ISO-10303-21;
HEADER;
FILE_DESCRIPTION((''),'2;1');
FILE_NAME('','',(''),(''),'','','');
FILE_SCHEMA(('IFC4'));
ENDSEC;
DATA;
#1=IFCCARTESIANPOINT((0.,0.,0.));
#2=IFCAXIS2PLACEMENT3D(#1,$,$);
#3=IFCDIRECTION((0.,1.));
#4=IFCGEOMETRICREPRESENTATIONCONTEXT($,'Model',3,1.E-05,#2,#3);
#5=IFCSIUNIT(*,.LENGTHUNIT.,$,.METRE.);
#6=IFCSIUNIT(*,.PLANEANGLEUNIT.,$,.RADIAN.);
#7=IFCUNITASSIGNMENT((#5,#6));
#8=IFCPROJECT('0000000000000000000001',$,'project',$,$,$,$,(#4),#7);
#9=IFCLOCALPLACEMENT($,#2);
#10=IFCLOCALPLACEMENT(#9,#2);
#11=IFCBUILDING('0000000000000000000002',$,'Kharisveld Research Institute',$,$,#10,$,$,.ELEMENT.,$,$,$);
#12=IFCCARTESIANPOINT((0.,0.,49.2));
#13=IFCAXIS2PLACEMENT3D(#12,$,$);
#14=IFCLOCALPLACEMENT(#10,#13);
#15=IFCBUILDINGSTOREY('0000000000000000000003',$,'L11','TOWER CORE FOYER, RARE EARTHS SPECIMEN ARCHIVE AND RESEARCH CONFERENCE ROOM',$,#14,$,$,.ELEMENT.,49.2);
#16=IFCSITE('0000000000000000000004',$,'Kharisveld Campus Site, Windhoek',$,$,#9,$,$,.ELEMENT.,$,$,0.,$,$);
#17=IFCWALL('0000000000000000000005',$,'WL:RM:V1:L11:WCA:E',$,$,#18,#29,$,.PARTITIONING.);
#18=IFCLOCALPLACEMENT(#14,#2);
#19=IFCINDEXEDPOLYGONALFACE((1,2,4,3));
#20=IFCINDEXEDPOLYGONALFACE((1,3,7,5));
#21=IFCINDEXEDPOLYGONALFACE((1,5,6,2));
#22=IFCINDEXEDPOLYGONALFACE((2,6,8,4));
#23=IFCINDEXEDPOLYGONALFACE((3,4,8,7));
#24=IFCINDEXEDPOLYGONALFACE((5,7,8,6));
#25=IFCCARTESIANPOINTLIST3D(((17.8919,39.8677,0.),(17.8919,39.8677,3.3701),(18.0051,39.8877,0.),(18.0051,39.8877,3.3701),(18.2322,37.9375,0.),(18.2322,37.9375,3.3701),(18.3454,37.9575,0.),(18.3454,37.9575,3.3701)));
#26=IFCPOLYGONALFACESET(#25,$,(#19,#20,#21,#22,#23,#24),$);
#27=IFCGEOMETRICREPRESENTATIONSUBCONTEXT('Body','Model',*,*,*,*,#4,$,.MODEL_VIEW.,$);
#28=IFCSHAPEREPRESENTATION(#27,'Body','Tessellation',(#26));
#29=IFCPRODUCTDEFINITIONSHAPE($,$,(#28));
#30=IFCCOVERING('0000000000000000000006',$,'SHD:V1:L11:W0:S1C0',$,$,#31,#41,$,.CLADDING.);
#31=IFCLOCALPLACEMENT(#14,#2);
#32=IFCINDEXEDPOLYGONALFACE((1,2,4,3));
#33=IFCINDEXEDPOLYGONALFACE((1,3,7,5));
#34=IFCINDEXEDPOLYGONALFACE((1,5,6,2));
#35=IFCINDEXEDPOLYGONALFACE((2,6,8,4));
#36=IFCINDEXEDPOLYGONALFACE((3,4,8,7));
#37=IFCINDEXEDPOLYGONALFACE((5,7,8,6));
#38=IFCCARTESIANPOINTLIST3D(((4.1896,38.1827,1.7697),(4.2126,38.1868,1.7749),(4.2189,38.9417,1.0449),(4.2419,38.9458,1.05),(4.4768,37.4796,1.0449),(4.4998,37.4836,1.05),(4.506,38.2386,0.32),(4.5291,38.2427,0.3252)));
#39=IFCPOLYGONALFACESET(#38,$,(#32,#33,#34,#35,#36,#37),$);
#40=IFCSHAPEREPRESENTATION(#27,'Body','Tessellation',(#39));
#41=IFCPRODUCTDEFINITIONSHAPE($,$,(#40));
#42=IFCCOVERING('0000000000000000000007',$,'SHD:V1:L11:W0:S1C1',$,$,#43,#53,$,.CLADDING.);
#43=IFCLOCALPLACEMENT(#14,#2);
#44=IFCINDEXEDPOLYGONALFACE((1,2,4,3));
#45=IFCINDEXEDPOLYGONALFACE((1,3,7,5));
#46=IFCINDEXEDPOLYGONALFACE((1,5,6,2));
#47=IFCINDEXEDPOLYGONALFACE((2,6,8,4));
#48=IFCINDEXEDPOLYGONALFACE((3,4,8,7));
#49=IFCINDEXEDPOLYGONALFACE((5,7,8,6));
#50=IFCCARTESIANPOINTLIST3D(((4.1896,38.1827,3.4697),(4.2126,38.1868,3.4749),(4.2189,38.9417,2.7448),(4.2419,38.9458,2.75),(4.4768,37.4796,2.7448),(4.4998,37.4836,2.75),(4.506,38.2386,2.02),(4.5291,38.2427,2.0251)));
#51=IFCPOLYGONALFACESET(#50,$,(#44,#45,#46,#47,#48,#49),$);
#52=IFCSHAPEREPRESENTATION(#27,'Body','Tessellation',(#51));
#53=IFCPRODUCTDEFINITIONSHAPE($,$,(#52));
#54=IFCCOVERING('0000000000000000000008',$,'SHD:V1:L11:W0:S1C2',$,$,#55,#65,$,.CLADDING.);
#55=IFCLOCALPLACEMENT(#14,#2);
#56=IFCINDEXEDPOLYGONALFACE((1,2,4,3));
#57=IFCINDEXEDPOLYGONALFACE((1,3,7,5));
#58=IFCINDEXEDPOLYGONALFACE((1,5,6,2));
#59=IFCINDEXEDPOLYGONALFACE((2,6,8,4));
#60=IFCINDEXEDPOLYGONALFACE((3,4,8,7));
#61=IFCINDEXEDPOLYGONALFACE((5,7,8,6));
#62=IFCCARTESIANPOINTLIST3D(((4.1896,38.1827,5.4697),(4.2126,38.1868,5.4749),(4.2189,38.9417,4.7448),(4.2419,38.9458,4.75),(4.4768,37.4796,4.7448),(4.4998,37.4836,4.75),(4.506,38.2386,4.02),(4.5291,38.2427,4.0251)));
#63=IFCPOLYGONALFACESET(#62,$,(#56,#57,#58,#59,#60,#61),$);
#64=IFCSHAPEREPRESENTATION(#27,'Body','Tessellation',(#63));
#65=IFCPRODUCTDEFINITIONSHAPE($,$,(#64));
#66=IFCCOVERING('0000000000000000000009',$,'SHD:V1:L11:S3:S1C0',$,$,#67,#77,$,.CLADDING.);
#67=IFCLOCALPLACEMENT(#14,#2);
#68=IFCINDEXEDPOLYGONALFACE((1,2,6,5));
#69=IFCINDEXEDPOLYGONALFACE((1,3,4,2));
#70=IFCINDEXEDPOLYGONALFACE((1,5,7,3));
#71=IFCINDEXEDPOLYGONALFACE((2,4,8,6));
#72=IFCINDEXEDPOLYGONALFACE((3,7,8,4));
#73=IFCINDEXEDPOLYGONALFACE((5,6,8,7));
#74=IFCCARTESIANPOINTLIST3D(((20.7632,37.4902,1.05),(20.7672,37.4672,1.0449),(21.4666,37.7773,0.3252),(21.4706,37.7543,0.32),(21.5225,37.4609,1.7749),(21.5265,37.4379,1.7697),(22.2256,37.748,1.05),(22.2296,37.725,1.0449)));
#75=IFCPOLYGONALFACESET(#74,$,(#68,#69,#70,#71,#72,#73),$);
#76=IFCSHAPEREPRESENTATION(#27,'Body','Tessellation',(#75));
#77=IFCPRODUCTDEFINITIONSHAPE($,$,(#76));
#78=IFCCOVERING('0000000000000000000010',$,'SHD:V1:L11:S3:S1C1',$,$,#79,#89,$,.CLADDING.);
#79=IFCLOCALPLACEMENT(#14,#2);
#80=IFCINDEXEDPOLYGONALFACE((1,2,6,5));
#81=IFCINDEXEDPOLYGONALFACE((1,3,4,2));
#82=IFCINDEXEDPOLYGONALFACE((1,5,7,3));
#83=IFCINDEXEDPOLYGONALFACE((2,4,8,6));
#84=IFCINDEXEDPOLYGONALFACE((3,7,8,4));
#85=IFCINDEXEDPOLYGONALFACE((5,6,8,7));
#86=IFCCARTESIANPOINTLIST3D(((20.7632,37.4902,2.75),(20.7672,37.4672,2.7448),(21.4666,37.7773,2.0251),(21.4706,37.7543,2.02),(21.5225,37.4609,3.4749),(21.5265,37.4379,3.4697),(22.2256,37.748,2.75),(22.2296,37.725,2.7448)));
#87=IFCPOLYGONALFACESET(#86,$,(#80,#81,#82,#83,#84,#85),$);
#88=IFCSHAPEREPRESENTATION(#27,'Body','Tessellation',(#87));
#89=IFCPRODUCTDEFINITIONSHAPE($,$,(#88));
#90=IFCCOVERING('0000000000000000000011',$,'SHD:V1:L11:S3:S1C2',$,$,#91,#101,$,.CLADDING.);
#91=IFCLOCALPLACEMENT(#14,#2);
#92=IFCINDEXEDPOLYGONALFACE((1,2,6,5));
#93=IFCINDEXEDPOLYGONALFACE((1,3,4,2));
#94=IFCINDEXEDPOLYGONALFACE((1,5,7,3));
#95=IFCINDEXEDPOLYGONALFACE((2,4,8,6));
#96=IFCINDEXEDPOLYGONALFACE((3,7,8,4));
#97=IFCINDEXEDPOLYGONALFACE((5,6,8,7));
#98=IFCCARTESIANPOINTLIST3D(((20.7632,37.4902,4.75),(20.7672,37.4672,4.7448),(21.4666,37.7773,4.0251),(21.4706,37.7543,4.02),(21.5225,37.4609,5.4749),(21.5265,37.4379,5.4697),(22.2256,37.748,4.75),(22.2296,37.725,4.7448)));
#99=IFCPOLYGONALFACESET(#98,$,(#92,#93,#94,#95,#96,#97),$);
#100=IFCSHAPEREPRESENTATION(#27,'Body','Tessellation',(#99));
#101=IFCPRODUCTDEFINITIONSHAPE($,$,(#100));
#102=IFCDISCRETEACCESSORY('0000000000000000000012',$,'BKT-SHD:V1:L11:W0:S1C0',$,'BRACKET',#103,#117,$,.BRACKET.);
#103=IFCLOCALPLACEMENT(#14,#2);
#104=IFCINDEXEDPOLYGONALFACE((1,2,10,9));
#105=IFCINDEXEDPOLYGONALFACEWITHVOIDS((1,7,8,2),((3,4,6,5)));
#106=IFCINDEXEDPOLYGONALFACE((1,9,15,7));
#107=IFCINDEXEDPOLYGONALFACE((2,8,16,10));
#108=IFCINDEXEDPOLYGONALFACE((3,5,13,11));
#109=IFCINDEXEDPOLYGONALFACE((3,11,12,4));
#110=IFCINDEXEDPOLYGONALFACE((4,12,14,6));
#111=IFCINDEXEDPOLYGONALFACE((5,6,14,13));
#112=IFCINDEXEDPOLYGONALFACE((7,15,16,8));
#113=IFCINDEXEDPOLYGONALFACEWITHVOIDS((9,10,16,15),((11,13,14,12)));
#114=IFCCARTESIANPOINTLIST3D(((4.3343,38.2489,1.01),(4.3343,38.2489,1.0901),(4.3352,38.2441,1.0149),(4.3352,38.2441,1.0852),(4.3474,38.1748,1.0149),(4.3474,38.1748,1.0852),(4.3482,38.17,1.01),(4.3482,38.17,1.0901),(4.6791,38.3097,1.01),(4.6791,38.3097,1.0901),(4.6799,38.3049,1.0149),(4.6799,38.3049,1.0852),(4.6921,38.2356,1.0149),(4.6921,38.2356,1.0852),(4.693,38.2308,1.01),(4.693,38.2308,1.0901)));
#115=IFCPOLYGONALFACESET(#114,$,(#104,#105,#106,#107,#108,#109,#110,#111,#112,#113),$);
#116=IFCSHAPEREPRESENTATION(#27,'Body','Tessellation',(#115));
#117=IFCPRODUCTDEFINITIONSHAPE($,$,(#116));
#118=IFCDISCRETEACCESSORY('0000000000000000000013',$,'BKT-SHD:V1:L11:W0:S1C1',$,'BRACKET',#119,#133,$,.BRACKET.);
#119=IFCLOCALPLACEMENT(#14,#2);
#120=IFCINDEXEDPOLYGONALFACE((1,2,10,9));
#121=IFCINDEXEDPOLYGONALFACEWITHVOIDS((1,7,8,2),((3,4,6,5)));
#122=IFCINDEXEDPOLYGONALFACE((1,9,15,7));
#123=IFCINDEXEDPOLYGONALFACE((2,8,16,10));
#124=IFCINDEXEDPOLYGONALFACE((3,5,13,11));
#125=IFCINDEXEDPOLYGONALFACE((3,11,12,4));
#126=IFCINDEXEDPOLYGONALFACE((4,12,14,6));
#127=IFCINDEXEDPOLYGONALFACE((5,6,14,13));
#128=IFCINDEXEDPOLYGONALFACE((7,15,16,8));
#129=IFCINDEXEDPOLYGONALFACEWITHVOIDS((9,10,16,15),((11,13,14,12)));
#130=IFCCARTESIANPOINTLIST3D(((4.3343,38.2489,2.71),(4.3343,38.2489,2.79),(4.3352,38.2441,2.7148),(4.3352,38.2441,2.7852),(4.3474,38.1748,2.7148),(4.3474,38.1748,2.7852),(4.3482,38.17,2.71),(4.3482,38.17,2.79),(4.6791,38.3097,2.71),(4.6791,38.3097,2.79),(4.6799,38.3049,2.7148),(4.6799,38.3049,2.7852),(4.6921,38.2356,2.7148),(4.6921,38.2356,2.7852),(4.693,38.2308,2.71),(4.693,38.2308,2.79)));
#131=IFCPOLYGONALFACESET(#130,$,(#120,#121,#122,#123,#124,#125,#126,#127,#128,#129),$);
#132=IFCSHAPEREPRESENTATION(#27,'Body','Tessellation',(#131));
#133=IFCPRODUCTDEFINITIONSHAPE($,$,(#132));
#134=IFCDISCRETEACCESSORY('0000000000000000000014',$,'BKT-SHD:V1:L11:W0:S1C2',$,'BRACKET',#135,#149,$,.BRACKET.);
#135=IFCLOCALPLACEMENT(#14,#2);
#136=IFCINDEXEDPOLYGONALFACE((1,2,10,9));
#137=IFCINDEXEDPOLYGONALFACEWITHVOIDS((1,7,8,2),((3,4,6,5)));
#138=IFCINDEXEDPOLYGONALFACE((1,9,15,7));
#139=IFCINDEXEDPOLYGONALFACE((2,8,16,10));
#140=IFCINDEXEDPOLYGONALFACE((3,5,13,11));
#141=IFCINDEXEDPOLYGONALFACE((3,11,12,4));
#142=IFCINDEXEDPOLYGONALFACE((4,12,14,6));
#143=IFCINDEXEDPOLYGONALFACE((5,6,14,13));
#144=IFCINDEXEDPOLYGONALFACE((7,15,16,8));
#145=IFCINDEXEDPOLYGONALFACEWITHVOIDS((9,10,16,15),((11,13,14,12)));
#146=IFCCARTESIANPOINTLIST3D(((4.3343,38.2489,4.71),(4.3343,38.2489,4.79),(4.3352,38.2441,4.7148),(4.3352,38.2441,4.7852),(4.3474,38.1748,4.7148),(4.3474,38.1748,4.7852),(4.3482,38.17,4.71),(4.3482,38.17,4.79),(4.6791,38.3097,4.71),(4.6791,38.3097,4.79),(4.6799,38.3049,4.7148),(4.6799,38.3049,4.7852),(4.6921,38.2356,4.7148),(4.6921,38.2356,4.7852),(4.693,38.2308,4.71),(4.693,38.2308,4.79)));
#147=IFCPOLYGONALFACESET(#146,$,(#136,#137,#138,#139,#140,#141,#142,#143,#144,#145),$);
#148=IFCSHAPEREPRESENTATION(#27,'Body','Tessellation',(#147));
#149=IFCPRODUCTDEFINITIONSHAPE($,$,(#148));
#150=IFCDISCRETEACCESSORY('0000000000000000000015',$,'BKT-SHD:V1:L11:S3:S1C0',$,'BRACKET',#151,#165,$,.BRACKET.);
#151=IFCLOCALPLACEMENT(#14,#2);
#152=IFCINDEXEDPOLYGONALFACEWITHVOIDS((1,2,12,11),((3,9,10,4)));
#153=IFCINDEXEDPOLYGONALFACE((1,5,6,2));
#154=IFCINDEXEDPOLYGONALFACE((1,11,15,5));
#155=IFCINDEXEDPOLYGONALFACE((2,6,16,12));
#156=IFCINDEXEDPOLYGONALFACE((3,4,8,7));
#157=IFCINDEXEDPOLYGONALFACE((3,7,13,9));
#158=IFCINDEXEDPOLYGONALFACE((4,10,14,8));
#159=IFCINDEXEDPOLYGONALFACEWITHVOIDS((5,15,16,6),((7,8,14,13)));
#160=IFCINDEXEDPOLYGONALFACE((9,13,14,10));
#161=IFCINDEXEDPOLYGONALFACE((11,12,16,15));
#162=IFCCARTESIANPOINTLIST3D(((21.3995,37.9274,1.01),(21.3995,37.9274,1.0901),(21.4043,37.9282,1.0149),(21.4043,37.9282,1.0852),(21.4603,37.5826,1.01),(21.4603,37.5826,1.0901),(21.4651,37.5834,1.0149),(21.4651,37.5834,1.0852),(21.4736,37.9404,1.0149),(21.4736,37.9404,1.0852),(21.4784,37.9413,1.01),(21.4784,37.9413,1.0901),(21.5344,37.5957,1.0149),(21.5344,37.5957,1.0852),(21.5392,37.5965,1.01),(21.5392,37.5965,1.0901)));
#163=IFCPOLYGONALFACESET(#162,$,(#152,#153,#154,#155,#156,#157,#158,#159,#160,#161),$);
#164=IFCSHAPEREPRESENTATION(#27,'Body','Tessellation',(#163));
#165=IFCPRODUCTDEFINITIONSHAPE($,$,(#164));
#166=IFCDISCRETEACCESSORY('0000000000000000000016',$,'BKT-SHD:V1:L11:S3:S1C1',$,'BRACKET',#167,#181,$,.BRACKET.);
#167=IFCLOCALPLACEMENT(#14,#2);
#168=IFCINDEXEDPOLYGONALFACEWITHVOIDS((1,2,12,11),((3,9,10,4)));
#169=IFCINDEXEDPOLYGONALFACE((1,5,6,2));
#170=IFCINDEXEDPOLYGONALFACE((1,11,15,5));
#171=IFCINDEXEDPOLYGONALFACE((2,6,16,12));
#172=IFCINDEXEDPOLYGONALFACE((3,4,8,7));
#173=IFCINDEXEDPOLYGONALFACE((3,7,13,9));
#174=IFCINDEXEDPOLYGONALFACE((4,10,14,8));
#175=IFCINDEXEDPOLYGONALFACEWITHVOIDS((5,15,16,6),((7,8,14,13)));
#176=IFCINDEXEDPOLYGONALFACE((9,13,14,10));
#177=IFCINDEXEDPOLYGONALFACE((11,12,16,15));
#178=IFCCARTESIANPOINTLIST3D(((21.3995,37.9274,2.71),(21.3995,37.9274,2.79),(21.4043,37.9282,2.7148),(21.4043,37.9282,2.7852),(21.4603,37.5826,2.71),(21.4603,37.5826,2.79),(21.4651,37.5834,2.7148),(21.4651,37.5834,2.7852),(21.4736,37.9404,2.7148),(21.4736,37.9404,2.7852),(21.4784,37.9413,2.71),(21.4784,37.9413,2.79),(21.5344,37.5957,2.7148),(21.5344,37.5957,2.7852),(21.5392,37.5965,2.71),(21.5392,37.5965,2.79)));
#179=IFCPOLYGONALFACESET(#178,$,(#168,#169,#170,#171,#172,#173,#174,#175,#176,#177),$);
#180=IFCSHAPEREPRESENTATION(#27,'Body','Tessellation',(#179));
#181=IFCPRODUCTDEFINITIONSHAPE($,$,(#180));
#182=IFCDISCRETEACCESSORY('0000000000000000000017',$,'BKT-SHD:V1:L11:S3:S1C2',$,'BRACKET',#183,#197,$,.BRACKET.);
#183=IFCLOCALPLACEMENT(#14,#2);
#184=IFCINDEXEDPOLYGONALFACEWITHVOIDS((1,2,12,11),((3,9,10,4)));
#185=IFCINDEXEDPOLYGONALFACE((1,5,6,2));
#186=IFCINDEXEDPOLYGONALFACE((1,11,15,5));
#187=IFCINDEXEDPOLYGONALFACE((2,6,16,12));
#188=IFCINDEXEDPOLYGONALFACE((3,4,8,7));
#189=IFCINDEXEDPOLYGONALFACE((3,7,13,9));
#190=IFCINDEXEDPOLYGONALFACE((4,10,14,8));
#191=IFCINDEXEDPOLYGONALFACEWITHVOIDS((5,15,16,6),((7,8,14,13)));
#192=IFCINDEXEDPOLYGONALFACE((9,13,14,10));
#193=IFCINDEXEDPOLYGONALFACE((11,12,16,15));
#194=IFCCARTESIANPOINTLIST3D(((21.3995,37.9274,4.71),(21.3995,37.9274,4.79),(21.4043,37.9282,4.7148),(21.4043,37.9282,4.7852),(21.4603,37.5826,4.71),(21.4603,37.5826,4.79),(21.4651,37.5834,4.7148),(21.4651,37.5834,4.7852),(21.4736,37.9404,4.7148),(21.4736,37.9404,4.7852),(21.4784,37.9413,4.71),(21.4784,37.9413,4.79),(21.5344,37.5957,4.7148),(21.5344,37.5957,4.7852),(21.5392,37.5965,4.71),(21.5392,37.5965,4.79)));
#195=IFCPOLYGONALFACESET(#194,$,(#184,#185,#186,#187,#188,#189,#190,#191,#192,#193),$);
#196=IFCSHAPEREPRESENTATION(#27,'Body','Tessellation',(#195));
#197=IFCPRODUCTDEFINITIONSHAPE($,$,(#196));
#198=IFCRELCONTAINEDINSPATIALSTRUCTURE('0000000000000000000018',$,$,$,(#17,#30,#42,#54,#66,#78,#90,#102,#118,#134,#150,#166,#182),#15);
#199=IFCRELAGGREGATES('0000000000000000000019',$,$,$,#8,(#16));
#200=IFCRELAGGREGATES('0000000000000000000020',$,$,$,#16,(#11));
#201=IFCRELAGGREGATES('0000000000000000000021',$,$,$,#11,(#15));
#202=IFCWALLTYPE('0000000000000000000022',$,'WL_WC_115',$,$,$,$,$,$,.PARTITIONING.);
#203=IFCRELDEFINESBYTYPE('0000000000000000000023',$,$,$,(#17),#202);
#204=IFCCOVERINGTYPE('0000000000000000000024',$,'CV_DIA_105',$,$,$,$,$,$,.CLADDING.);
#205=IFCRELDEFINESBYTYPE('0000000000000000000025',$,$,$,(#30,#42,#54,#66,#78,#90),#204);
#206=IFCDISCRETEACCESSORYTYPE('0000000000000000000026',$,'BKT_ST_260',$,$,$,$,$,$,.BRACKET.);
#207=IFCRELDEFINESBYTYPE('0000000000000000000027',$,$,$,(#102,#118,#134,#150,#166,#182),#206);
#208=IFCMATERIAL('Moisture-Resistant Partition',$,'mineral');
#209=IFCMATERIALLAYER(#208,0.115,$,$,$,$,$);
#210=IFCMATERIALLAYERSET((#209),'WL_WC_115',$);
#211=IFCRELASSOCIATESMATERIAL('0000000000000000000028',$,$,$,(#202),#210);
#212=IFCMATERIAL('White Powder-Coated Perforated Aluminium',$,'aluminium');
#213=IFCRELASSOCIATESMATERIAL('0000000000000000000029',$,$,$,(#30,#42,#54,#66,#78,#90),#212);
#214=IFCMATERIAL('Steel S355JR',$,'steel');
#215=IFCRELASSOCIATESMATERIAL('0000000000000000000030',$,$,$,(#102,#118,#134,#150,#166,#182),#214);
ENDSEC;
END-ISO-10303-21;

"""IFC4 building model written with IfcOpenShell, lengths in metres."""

from ifc_helpers import new_model, si_unit, direction, frame, frame_2d, origin, origin_2d, place, context, subcontext, project, spatial, polyline, rectangle, hollow_rectangle, outline, extrude, material, layer, layer_set, type_object, element, save


model = new_model("IFC4")

# Units and contexts
model_context = context("Model", 3, precision=1e-05, world=origin(), true_north=direction((0.0, 1.0)))
body_context = subcontext(model_context, "Body", "Model", "MODEL_VIEW")
ifc_project = project(units=[si_unit("LENGTHUNIT", "METRE"), si_unit("PLANEANGLEUNIT", "RADIAN")], contexts=[model_context])

# Site, building, storey
site_placement = place(None, origin())
site = spatial("IfcSite", under=ifc_project, at=site_placement, Name="Kharisveld Campus Site, Windhoek", CompositionType="ELEMENT", RefElevation=0.0)
building_placement = place(site_placement, origin())
building = spatial("IfcBuilding", under=site, at=building_placement, Name="Kharisveld Research Institute", CompositionType="ELEMENT")
storey_placement = place(building_placement, frame((0.0, 0.0, 49.2)))
storey = spatial("IfcBuildingStorey", under=building, at=storey_placement, Name="L11", Description="TOWER CORE FOYER, RARE EARTHS SPECIMEN ARCHIVE AND RESEARCH CONFERENCE ROOM", CompositionType="ELEMENT", Elevation=49.2)

# Wall
ifc_material_1 = material(Name="Moisture-Resistant Partition", Category="mineral")
ifc_layer_1 = layer(ifc_material_1, 0.115)
ifc_layer_set_1 = layer_set([ifc_layer_1], Name="WL_WC_115")
wall_type_1 = type_object("IfcWallType", Name="WL_WC_115", PredefinedType="PARTITIONING", material=ifc_layer_set_1)
wall_1_placement = place(storey_placement, frame((18.2888, 37.9475, 0.0), z_axis=(0.0, 0.0, 1.0), x_axis=(-0.173643, 0.984809, 0.0)))
element("IfcWall", 1, at=wall_1_placement, inside=storey, type_object=wall_type_1, Name="WL:RM:V1:L11:WCA:E", PredefinedType="PARTITIONING", context=body_context, shape_type="SweptSolid", body=[
    extrude(rectangle(XDim=1.96, YDim=0.115, at=frame_2d((0.98, 0.0))), origin(), (0.0, 0.0, 1.0), 3.3701),
])

# Coverings
ifc_material_2 = material(Name="White Powder-Coated Perforated Aluminium", Category="aluminium")
covering_type = type_object("IfcCoveringType", Name="CV_DIA_105", PredefinedType="CLADDING")
for number, where, z_axis, x_axis, name in (
    (2, (4.5291, 38.2427, 0.3252), (0.961476, 0.169531, 0.216385), (-0.273471, 0.669725, 0.690421), "SHD:V1:L11:W0:S1C0"),
    (3, (4.5291, 38.2427, 2.0251), (0.961476, 0.169531, 0.216385), (-0.273471, 0.669725, 0.690421), "SHD:V1:L11:W0:S1C1"),
    (4, (4.5291, 38.2427, 4.0251), (0.961476, 0.169531, 0.216385), (-0.273471, 0.669725, 0.690421), "SHD:V1:L11:W0:S1C2"),
):
    element("IfcCovering", number, at=place(storey_placement, frame(where, z_axis=z_axis, x_axis=x_axis)), inside=storey, type_object=covering_type, material=ifc_material_2, Name=name, PredefinedType="CLADDING", context=body_context, shape_type="SweptSolid", body=[
        extrude(outline(polyline([(0.0, 0.0), (1.0499, 0.0), (1.05, 1.05), (0.0001, 1.05), (0.0, 0.0)])), origin(), (0.0, 0.0, -1.0), 0.0239),
    ])
for number, where, z_axis, x_axis, name in (
    (5, (21.4666, 37.7773, 0.3252), (-0.169503, 0.961481, 0.216385), (-0.66985, -0.273447, 0.69031), "SHD:V1:L11:S3:S1C0"),
    (6, (21.4666, 37.7773, 2.0251), (-0.169503, 0.961481, 0.216385), (-0.66985, -0.273447, 0.69031), "SHD:V1:L11:S3:S1C1"),
    (7, (21.4666, 37.7773, 4.0251), (-0.169503, 0.961481, 0.216385), (-0.66985, -0.273447, 0.69031), "SHD:V1:L11:S3:S1C2"),
):
    element("IfcCovering", number, at=place(storey_placement, frame(where, z_axis=z_axis, x_axis=x_axis)), inside=storey, type_object=covering_type, material=ifc_material_2, Name=name, PredefinedType="CLADDING", context=body_context, shape_type="SweptSolid", body=[
        extrude(outline(polyline([(0.0, 0.0), (1.05, 0.0), (1.0498, 1.0501), (-0.0001, 1.05), (0.0, 0.0)])), origin(), (0.0, 0.0, -1.0), 0.0239),
    ])

# Discrete accessories
ifc_material_3 = material(Name="Steel S355JR", Category="steel")
discrete_accessory_type = type_object("IfcDiscreteAccessoryType", Name="BKT_ST_260", PredefinedType="BRACKET")
for number, where, z_axis, x_axis, name in (
    (8, (4.686, 38.2703, 1.05), (-0.984805, -0.173666, 0.0), (0.173666, -0.984805, 0.0), "BKT-SHD:V1:L11:W0:S1C0"),
    (9, (4.686, 38.2703, 2.75), (-0.984805, -0.173666, 0.0), (0.173666, -0.984805, 0.0), "BKT-SHD:V1:L11:W0:S1C1"),
    (10, (4.686, 38.2703, 4.75), (-0.984805, -0.173666, 0.0), (0.173666, -0.984805, 0.0), "BKT-SHD:V1:L11:W0:S1C2"),
    (11, (21.439, 37.9343, 1.05), (0.173666, -0.984805, 0.0), (0.984805, 0.173666, 0.0), "BKT-SHD:V1:L11:S3:S1C0"),
    (12, (21.439, 37.9343, 2.75), (0.173666, -0.984805, 0.0), (0.984805, 0.173666, 0.0), "BKT-SHD:V1:L11:S3:S1C1"),
    (13, (21.439, 37.9343, 4.75), (0.173666, -0.984805, 0.0), (0.984805, 0.173666, 0.0), "BKT-SHD:V1:L11:S3:S1C2"),
):
    element("IfcDiscreteAccessory", number, at=place(storey_placement, frame(where, z_axis=z_axis, x_axis=x_axis)), inside=storey, type_object=discrete_accessory_type, material=ifc_material_3, Name=name, ObjectType="BRACKET", PredefinedType="BRACKET", context=body_context, shape_type="SweptSolid", body=[
        extrude(hollow_rectangle(XDim=0.0801, YDim=0.0801, WallThickness=0.0049, at=origin_2d()), origin(), (0.0, 0.0, 1.0), 0.3501),
    ])

save(model, "model.ifc")
